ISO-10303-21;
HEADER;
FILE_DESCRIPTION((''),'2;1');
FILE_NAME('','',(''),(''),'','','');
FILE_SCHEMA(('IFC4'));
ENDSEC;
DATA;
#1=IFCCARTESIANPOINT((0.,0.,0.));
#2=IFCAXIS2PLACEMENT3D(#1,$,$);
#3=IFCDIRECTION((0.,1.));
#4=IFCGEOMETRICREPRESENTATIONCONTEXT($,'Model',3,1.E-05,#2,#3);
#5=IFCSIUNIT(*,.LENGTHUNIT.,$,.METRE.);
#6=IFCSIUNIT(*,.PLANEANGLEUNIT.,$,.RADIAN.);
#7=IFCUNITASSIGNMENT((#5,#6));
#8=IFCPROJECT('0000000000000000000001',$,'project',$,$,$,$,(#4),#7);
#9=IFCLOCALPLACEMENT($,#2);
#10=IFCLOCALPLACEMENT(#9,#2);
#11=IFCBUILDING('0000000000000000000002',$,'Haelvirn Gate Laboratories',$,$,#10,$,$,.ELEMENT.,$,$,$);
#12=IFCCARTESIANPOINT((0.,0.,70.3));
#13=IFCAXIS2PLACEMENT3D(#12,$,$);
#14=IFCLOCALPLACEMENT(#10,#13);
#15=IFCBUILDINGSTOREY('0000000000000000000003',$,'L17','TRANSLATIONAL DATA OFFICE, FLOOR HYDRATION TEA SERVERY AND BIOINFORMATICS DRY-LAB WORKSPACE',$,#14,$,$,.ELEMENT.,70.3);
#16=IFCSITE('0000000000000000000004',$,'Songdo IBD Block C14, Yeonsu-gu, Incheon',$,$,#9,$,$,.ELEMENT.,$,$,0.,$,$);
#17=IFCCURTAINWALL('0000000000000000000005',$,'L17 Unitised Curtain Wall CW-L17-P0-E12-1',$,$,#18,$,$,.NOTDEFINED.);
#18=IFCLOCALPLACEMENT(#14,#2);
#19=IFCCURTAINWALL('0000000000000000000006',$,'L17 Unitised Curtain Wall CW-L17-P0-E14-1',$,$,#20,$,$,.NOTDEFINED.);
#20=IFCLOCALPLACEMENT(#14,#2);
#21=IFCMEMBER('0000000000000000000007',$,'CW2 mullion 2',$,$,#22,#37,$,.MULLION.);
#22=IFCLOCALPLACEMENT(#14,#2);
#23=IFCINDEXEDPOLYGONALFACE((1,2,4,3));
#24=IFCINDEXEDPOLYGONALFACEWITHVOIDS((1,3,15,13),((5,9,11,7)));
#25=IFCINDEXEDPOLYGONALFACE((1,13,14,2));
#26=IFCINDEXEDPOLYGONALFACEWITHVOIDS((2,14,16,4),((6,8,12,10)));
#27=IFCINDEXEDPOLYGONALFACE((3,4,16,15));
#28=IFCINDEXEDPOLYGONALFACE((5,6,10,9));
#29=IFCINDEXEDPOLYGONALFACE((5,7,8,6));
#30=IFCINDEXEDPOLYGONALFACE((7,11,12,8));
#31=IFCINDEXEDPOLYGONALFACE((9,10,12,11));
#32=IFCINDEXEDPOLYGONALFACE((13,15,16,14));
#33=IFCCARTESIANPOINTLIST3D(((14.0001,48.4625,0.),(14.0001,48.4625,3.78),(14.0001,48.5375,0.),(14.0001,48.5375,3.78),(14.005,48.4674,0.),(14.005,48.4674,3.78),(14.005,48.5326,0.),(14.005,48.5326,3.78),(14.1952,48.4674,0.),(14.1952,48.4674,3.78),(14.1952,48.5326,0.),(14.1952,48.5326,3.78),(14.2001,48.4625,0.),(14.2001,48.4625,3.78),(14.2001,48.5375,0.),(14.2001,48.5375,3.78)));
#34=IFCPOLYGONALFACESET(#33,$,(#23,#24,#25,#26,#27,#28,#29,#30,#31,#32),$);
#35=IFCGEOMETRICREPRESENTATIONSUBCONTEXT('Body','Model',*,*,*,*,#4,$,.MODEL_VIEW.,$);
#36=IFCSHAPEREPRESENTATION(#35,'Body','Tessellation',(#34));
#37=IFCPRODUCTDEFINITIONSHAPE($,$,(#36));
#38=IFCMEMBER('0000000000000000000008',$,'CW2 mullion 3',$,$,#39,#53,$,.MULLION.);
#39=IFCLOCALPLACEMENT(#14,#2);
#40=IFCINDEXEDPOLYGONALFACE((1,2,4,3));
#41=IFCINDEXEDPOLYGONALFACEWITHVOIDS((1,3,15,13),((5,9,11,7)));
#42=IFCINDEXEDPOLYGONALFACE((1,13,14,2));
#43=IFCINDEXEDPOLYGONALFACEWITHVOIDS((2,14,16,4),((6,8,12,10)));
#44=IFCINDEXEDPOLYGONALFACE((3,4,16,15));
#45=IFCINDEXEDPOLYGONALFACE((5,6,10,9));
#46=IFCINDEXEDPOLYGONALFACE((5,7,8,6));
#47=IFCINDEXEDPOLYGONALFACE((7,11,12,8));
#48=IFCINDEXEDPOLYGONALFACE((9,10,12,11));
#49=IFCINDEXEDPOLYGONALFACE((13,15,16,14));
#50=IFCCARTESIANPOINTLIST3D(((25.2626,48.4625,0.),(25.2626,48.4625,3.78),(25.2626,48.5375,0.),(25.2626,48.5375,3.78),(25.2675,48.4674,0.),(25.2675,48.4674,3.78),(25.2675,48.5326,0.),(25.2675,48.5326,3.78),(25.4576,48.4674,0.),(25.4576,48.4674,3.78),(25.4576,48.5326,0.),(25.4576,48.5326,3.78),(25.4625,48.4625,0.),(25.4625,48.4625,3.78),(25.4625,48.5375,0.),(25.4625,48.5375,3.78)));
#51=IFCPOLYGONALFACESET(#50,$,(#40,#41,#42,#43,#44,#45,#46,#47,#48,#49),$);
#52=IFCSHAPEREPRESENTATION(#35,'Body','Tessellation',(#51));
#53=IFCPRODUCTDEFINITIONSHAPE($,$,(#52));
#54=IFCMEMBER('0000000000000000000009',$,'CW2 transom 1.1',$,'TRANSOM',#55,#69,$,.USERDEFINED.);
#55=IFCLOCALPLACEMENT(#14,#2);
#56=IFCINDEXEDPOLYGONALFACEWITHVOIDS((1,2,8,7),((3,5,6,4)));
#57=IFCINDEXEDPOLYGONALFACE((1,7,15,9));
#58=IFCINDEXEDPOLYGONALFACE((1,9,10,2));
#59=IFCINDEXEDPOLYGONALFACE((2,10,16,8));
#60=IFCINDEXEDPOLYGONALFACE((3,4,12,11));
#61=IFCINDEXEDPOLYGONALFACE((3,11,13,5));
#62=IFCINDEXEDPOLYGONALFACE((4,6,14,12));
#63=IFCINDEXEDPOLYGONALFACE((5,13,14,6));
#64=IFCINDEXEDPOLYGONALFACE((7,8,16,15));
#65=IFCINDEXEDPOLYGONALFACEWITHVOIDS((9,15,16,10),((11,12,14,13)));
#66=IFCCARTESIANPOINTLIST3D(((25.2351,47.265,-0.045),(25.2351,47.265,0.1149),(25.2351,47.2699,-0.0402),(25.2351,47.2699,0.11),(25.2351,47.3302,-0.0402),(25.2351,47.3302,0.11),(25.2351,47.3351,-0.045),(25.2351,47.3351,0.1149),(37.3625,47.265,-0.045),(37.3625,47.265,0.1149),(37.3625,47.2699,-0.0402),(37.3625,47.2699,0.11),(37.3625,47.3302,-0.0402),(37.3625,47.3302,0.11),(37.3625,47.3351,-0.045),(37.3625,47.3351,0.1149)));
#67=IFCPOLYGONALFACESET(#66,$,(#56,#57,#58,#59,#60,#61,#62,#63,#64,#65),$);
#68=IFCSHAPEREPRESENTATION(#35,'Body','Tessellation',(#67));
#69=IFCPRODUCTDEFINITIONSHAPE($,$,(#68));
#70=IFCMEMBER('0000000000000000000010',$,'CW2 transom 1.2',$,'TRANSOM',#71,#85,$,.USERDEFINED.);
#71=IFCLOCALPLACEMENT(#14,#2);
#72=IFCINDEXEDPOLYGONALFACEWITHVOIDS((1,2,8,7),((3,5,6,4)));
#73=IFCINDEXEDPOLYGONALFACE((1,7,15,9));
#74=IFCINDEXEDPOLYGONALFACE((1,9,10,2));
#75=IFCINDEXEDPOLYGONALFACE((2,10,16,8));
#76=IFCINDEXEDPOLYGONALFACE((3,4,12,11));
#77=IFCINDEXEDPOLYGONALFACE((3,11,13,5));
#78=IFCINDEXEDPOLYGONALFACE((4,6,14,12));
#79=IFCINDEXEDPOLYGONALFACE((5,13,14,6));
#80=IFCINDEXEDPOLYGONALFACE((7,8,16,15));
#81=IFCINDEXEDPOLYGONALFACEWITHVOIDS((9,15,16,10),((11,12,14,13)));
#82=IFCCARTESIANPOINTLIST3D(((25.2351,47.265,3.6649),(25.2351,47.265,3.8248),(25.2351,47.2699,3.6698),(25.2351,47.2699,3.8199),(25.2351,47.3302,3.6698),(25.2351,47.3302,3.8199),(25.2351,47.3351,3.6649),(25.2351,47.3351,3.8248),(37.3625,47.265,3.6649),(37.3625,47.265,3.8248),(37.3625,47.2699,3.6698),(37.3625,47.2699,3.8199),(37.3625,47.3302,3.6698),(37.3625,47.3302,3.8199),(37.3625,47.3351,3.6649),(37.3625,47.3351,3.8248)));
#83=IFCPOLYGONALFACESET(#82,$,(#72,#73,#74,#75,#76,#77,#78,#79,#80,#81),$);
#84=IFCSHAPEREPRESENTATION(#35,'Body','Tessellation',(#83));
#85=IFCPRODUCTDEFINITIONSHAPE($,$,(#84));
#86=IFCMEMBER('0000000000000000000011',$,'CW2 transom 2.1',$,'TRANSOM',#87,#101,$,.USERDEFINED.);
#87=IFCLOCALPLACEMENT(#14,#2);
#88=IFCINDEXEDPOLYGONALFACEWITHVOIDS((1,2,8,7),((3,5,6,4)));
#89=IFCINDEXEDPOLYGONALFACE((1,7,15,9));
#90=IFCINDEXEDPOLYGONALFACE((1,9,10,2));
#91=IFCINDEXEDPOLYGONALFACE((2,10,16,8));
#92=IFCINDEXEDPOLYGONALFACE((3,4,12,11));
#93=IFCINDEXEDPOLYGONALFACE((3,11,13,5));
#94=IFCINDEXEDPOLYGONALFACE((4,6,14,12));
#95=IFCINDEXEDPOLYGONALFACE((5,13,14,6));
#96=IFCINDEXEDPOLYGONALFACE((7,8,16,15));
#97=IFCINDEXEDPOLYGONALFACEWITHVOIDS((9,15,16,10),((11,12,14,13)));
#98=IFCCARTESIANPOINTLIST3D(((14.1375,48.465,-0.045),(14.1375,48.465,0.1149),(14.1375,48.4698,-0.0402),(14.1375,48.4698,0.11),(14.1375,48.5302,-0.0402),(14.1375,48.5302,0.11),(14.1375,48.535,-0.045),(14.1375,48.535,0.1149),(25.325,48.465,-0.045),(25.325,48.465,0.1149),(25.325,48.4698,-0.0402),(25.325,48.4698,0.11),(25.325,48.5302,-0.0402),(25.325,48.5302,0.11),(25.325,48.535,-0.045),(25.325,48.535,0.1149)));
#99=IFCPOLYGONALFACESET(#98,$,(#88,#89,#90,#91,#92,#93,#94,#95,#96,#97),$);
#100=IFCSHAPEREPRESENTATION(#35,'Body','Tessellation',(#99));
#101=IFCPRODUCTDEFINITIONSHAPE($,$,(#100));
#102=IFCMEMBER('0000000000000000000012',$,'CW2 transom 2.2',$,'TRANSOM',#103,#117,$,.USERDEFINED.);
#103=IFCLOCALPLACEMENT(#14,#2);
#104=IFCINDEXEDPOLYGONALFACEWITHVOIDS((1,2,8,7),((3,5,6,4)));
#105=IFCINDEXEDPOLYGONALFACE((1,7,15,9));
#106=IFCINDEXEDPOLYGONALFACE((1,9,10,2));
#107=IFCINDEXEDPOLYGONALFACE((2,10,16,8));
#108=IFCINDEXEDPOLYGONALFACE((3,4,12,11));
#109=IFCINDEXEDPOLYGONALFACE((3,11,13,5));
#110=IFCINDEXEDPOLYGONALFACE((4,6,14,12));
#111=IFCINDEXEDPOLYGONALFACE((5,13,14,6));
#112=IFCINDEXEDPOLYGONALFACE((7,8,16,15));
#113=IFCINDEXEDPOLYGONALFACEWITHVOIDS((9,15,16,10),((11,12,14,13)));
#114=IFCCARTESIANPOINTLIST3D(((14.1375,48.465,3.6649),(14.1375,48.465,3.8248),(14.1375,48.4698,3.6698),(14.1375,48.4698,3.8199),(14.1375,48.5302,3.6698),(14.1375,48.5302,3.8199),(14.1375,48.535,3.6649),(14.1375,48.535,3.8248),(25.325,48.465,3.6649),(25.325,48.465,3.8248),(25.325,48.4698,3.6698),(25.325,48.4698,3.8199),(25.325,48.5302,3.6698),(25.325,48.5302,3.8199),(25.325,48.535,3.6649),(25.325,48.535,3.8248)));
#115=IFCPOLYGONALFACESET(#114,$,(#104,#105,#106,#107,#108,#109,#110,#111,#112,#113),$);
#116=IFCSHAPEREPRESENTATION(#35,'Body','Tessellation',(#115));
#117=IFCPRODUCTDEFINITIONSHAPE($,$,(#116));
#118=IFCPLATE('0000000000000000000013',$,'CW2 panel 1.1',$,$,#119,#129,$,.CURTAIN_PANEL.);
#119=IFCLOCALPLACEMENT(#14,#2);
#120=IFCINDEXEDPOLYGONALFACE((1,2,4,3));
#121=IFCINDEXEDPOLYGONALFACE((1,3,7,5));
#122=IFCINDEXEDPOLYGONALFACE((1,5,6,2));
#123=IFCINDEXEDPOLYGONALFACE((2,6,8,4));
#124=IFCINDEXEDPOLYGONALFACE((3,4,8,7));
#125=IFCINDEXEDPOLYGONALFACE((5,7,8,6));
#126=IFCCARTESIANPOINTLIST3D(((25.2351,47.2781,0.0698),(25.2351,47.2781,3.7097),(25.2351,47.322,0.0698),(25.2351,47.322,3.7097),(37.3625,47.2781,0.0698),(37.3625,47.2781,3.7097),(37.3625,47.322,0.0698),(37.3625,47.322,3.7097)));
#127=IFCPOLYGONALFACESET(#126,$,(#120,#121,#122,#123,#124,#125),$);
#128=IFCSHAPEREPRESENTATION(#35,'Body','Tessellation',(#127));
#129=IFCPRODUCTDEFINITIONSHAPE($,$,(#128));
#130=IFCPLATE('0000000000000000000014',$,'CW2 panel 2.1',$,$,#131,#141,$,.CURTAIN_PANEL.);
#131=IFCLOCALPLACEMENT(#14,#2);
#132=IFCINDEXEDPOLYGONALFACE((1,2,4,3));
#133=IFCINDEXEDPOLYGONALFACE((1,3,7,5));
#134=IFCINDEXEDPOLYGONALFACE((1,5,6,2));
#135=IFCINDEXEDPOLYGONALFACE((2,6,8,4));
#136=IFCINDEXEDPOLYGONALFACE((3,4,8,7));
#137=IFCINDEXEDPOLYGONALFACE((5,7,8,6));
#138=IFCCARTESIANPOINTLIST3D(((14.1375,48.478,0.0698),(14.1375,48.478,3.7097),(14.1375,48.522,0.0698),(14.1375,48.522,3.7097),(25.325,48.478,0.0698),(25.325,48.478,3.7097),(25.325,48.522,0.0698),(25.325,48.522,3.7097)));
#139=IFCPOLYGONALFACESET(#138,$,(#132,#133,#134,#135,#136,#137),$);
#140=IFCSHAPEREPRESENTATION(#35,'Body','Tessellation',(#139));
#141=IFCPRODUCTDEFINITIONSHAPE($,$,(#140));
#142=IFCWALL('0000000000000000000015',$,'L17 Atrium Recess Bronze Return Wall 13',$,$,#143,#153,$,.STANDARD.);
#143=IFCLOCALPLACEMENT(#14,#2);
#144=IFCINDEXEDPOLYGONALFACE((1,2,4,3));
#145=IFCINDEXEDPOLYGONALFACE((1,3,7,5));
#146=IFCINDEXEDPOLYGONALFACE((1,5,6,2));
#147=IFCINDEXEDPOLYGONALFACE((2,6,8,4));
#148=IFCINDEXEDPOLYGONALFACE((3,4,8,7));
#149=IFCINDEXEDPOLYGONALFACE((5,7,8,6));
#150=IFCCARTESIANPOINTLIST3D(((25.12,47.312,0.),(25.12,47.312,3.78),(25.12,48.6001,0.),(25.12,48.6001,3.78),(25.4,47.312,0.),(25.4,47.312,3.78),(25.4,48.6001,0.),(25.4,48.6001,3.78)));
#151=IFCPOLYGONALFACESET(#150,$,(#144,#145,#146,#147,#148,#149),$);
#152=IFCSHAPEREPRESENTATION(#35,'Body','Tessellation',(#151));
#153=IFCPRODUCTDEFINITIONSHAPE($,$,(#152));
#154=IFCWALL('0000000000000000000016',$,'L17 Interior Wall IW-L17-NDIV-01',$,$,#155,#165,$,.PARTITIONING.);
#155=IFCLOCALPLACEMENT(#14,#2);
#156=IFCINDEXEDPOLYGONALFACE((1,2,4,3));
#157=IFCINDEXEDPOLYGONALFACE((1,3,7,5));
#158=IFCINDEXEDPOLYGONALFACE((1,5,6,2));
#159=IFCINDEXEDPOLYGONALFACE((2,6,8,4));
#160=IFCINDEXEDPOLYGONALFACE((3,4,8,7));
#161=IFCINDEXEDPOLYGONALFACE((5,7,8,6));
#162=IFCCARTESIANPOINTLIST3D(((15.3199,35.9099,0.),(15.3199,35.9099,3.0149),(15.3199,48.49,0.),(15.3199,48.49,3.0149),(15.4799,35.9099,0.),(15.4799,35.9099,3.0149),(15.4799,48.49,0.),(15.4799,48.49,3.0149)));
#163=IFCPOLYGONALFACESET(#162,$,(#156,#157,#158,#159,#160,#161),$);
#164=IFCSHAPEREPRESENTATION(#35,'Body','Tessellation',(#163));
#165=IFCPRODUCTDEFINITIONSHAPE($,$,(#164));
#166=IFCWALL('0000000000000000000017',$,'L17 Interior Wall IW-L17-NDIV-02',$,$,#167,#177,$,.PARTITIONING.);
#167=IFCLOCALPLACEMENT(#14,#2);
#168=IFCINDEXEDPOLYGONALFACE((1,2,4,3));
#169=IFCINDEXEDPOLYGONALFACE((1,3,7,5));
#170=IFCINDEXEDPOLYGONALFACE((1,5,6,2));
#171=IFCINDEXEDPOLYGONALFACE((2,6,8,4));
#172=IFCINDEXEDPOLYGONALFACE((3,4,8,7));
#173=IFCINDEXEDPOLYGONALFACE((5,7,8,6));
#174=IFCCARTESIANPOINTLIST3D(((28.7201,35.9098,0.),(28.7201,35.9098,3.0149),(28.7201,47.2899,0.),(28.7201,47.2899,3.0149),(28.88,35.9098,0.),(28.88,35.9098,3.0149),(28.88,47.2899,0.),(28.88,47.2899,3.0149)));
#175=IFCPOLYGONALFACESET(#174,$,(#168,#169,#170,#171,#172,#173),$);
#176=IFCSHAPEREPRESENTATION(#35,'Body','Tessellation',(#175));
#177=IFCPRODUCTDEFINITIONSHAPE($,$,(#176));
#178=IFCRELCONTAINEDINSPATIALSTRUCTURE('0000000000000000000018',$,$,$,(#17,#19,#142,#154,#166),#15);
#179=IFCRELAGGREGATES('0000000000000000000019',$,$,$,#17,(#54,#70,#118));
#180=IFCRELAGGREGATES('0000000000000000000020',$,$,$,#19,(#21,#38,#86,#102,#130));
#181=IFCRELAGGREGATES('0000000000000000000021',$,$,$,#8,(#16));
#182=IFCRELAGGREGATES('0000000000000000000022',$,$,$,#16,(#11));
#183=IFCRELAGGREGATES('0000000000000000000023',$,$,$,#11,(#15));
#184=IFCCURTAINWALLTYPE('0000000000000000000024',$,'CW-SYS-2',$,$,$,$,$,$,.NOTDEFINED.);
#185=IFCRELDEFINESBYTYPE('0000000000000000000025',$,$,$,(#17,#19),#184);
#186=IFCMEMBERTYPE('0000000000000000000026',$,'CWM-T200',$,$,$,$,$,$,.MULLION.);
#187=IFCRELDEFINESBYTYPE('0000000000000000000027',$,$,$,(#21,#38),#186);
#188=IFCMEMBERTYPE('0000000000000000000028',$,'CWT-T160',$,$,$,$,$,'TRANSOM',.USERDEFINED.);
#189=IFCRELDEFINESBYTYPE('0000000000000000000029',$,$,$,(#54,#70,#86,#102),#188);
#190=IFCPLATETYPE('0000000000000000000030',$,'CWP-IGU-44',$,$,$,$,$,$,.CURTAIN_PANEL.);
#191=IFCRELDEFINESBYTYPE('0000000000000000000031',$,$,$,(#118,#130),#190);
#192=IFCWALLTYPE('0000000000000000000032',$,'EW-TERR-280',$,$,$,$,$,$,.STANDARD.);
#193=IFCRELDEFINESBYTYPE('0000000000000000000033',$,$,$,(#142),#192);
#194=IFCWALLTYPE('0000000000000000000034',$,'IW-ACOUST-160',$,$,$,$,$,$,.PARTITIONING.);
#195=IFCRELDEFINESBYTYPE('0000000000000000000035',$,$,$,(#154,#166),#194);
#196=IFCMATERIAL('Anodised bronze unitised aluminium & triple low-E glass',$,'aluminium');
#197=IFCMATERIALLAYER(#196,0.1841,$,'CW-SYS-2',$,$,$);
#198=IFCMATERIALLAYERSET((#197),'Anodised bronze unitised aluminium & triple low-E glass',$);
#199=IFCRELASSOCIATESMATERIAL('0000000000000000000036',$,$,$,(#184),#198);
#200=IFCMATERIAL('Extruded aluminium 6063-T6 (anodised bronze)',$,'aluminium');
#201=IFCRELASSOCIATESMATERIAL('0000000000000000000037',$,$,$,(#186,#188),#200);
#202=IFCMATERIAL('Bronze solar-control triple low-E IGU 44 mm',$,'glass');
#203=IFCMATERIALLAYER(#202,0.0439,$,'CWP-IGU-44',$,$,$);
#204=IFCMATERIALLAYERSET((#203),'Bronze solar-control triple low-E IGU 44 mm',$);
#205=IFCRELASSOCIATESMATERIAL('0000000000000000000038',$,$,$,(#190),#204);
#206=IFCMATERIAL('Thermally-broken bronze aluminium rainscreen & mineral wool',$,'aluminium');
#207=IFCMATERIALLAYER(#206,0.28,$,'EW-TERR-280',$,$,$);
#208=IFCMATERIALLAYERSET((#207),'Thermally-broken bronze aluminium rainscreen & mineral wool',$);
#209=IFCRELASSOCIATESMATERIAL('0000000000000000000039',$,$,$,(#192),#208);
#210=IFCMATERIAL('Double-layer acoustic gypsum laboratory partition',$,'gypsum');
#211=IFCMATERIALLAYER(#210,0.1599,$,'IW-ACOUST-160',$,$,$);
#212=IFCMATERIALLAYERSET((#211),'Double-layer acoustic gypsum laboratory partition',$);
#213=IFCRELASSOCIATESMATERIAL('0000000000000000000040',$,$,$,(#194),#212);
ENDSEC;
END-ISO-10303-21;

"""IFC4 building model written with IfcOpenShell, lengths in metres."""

from ifc_helpers import new_model, si_unit, direction, frame, frame_2d, origin, origin_2d, place, context, subcontext, project, spatial, rectangle, hollow_rectangle, extrude, source, transform, mapped, material, layer, layer_set, material_profile, profile_set, type_object, type_shapes, element, aggregate, save


model = new_model("IFC4")

# Units and contexts
model_context = context("Model", 3, precision=1e-05, world=origin(), true_north=direction((0.0, 1.0)))
body_context = subcontext(model_context, "Body", "Model", "MODEL_VIEW")
ifc_project = project(units=[si_unit("LENGTHUNIT", "METRE"), si_unit("PLANEANGLEUNIT", "RADIAN")], contexts=[model_context])

# Site, building, storey
site_placement = place(None, origin())
site = spatial("IfcSite", under=ifc_project, at=site_placement, Name="Songdo IBD Block C14, Yeonsu-gu, Incheon", CompositionType="ELEMENT", RefElevation=0.0)
building_placement = place(site_placement, origin())
building = spatial("IfcBuilding", under=site, at=building_placement, Name="Haelvirn Gate Laboratories", CompositionType="ELEMENT")
storey_placement = place(building_placement, frame((0.0, 0.0, 70.3)))
storey = spatial("IfcBuildingStorey", under=building, at=storey_placement, Name="L17", Description="TRANSLATIONAL DATA OFFICE, FLOOR HYDRATION TEA SERVERY AND BIOINFORMATICS DRY-LAB WORKSPACE", CompositionType="ELEMENT", Elevation=70.3)

# Curtain wall
ifc_material_1 = material(Name="Anodised bronze unitised aluminium & triple low-E glass", Category="aluminium")
ifc_layer_1 = layer(ifc_material_1, 0.1841, Name="CW-SYS-2")
ifc_layer_set_1 = layer_set([ifc_layer_1], Name="Anodised bronze unitised aluminium & triple low-E glass")
curtain_wall_type = type_object("IfcCurtainWallType", Name="CW-SYS-2", PredefinedType="NOTDEFINED", material=ifc_layer_set_1)
curtain_wall_1_placement = place(storey_placement, origin())
curtain_wall_1 = element("IfcCurtainWall", 1, at=curtain_wall_1_placement, inside=storey, type_object=curtain_wall_type, Name="L17 Unitised Curtain Wall CW-L17-P0-E12-1", PredefinedType="NOTDEFINED")
ifc_material_2 = material(Name="Extruded aluminium 6063-T6 (anodised bronze)", Category="aluminium")
ifc_material_profile_1 = material_profile(ifc_material_2, hollow_rectangle(XDim=0.075, YDim=0.2, WallThickness=0.0049, at=origin_2d()), Name="CWM-200x75x5")
ifc_profile_set_1 = profile_set([ifc_material_profile_1], Name="Extruded aluminium 6063-T6 (anodised bronze)")
member_type_1 = type_object("IfcMemberType", Name="CWM-T200", PredefinedType="MULLION", material=ifc_profile_set_1)
shared_shape_1 = source(origin(), body_context, "Body", "SweptSolid", [
    extrude(hollow_rectangle(XDim=0.075, YDim=0.2, WallThickness=0.0049, at=origin_2d()), origin(), (0.0, 0.0, 1.0), 3.78),
])
type_shapes(member_type_1, [shared_shape_1])

# Curtain wall, members
curtain_wall_2_placement = place(storey_placement, origin())
curtain_wall_2 = element("IfcCurtainWall", 2, at=curtain_wall_2_placement, inside=storey, type_object=curtain_wall_type, Name="L17 Unitised Curtain Wall CW-L17-P0-E14-1", PredefinedType="NOTDEFINED")
member_1_placement = place(storey_placement, frame((14.1001, 48.5, 0.0), z_axis=(0.0, 0.0, 1.0), x_axis=(0.0, 1.0, 0.0)))
member_1 = element("IfcMember", 3, at=member_1_placement, type_object=member_type_1, Name="CW2 mullion 2", PredefinedType="MULLION", context=body_context, shape_type="MappedRepresentation", body=[
    mapped(shared_shape_1, transform((0.0, 0.0, 0.0), scale=1.0)),
])
member_2_placement = place(storey_placement, frame((25.3625, 48.5, 0.0), z_axis=(0.0, 0.0, 1.0), x_axis=(0.0, 1.0, 0.0)))
member_2 = element("IfcMember", 4, at=member_2_placement, type_object=member_type_1, Name="CW2 mullion 3", PredefinedType="MULLION", context=body_context, shape_type="MappedRepresentation", body=[
    mapped(shared_shape_1, transform((0.0, 0.0, 0.0), scale=1.0)),
])

# Members
ifc_material_profile_2 = material_profile(ifc_material_2, hollow_rectangle(XDim=0.0701, YDim=0.1599, WallThickness=0.0049, at=origin_2d()), Name="CWT-160x70x5")
ifc_profile_set_2 = profile_set([ifc_material_profile_2], Name="Extruded aluminium 6063-T6 (anodised bronze)")
member_type_2 = type_object("IfcMemberType", Name="CWT-T160", ElementType="TRANSOM", PredefinedType="USERDEFINED", material=ifc_profile_set_2)
shared_shape_2 = source(origin(), body_context, "Body", "SweptSolid", [
    extrude(hollow_rectangle(XDim=0.0701, YDim=0.1599, WallThickness=0.0049, at=origin_2d()), origin(), (0.0, 0.0, 1.0), 12.1274),
])
member_3_placement = place(storey_placement, frame((25.2351, 47.3, 0.0349), z_axis=(1.0, 0.0, 0.0), x_axis=(0.0, 1.0, 0.0)))
member_3 = element("IfcMember", 5, at=member_3_placement, type_object=member_type_2, Name="CW2 transom 1.1", ObjectType="TRANSOM", PredefinedType="USERDEFINED", context=body_context, shape_type="MappedRepresentation", body=[
    mapped(shared_shape_2, transform((0.0, 0.0, 0.0), scale=1.0)),
])
member_4_placement = place(storey_placement, frame((25.2351, 47.3, 3.7449), z_axis=(1.0, 0.0, 0.0), x_axis=(0.0, 1.0, 0.0)))
member_4 = element("IfcMember", 6, at=member_4_placement, type_object=member_type_2, Name="CW2 transom 1.2", ObjectType="TRANSOM", PredefinedType="USERDEFINED", context=body_context, shape_type="MappedRepresentation", body=[
    mapped(shared_shape_2, transform((0.0, 0.0, 0.0), scale=1.0)),
])
shared_shape_3 = source(origin(), body_context, "Body", "SweptSolid", [
    extrude(hollow_rectangle(XDim=0.0701, YDim=0.1599, WallThickness=0.0049, at=origin_2d()), origin(), (0.0, 0.0, 1.0), 11.1875),
])
type_shapes(member_type_2, [shared_shape_2, shared_shape_3])
member_5_placement = place(storey_placement, frame((14.1375, 48.5, 0.0349), z_axis=(1.0, 0.0, 0.0), x_axis=(0.0, 1.0, 0.0)))
member_5 = element("IfcMember", 7, at=member_5_placement, type_object=member_type_2, Name="CW2 transom 2.1", ObjectType="TRANSOM", PredefinedType="USERDEFINED", context=body_context, shape_type="MappedRepresentation", body=[
    mapped(shared_shape_3, transform((0.0, 0.0, 0.0), scale=1.0)),
])
member_6_placement = place(storey_placement, frame((14.1375, 48.5, 3.7449), z_axis=(1.0, 0.0, 0.0), x_axis=(0.0, 1.0, 0.0)))
member_6 = element("IfcMember", 8, at=member_6_placement, type_object=member_type_2, Name="CW2 transom 2.2", ObjectType="TRANSOM", PredefinedType="USERDEFINED", context=body_context, shape_type="MappedRepresentation", body=[
    mapped(shared_shape_3, transform((0.0, 0.0, 0.0), scale=1.0)),
])

# Plates
ifc_material_3 = material(Name="Bronze solar-control triple low-E IGU 44 mm", Category="glass")
ifc_layer_2 = layer(ifc_material_3, 0.0439, Name="CWP-IGU-44")
ifc_layer_set_2 = layer_set([ifc_layer_2], Name="Bronze solar-control triple low-E IGU 44 mm")
plate_type = type_object("IfcPlateType", Name="CWP-IGU-44", PredefinedType="CURTAIN_PANEL", material=ifc_layer_set_2)
shared_shape_4 = source(origin(), body_context, "Body", "SweptSolid", [
    extrude(rectangle(XDim=12.1274, YDim=0.0439, at=origin_2d()), origin(), (0.0, 0.0, 1.0), 3.6399),
])
plate_1_placement = place(storey_placement, frame((31.2988, 47.3, 0.0698), z_axis=(0.0, 0.0, 1.0), x_axis=(1.0, 0.0, 0.0)))
plate_1 = element("IfcPlate", 9, at=plate_1_placement, type_object=plate_type, Name="CW2 panel 1.1", PredefinedType="CURTAIN_PANEL", context=body_context, shape_type="MappedRepresentation", body=[
    mapped(shared_shape_4, transform((0.0, 0.0, 0.0), scale=1.0)),
])
aggregate(curtain_wall_1, [member_3, member_4, plate_1])
shared_shape_5 = source(origin(), body_context, "Body", "SweptSolid", [
    extrude(rectangle(XDim=11.1875, YDim=0.0439, at=origin_2d()), origin(), (0.0, 0.0, 1.0), 3.6399),
])
type_shapes(plate_type, [shared_shape_4, shared_shape_5])
plate_2_placement = place(storey_placement, frame((19.7312, 48.5, 0.0698), z_axis=(0.0, 0.0, 1.0), x_axis=(1.0, 0.0, 0.0)))
plate_2 = element("IfcPlate", 10, at=plate_2_placement, type_object=plate_type, Name="CW2 panel 2.1", PredefinedType="CURTAIN_PANEL", context=body_context, shape_type="MappedRepresentation", body=[
    mapped(shared_shape_5, transform((0.0, 0.0, 0.0), scale=1.0)),
])
aggregate(curtain_wall_2, [member_1, member_2, member_5, member_6, plate_2])

# Walls
ifc_material_4 = material(Name="Thermally-broken bronze aluminium rainscreen & mineral wool", Category="aluminium")
ifc_layer_3 = layer(ifc_material_4, 0.28, Name="EW-TERR-280")
ifc_layer_set_3 = layer_set([ifc_layer_3], Name="Thermally-broken bronze aluminium rainscreen & mineral wool")
wall_type_1 = type_object("IfcWallType", Name="EW-TERR-280", PredefinedType="STANDARD", material=ifc_layer_set_3)
wall_1_placement = place(storey_placement, frame((25.26, 47.312, 0.0), z_axis=(0.0, 0.0, 1.0), x_axis=(0.0, 1.0, 0.0)))
element("IfcWall", 11, at=wall_1_placement, inside=storey, type_object=wall_type_1, Name="L17 Atrium Recess Bronze Return Wall 13", PredefinedType="STANDARD", context=body_context, shape_type="SweptSolid", body=[
    extrude(rectangle(XDim=1.2881, YDim=0.28, at=frame_2d((0.644, 0.0))), origin(), (0.0, 0.0, 1.0), 3.78),
])
ifc_material_5 = material(Name="Double-layer acoustic gypsum laboratory partition", Category="gypsum")
ifc_layer_4 = layer(ifc_material_5, 0.1599, Name="IW-ACOUST-160")
ifc_layer_set_4 = layer_set([ifc_layer_4], Name="Double-layer acoustic gypsum laboratory partition")
wall_type_2 = type_object("IfcWallType", Name="IW-ACOUST-160", PredefinedType="PARTITIONING", material=ifc_layer_set_4)
wall_2_placement = place(storey_placement, frame((15.3999, 35.9099, 0.0), z_axis=(0.0, 0.0, 1.0), x_axis=(0.0, 1.0, 0.0)))
element("IfcWall", 12, at=wall_2_placement, inside=storey, type_object=wall_type_2, Name="L17 Interior Wall IW-L17-NDIV-01", PredefinedType="PARTITIONING", context=body_context, shape_type="SweptSolid", body=[
    extrude(rectangle(XDim=12.5801, YDim=0.1599, at=frame_2d((6.29, 0.0))), origin(), (0.0, 0.0, 1.0), 3.0149),
])
wall_3_placement = place(storey_placement, frame((28.8, 35.9099, 0.0), z_axis=(0.0, 0.0, 1.0), x_axis=(0.0, 1.0, 0.0)))
element("IfcWall", 13, at=wall_3_placement, inside=storey, type_object=wall_type_2, Name="L17 Interior Wall IW-L17-NDIV-02", PredefinedType="PARTITIONING", context=body_context, shape_type="SweptSolid", body=[
    extrude(rectangle(XDim=11.3801, YDim=0.1599, at=frame_2d((5.6899, 0.0))), origin(), (0.0, 0.0, 1.0), 3.0149),
])

save(model, "model.ifc")
